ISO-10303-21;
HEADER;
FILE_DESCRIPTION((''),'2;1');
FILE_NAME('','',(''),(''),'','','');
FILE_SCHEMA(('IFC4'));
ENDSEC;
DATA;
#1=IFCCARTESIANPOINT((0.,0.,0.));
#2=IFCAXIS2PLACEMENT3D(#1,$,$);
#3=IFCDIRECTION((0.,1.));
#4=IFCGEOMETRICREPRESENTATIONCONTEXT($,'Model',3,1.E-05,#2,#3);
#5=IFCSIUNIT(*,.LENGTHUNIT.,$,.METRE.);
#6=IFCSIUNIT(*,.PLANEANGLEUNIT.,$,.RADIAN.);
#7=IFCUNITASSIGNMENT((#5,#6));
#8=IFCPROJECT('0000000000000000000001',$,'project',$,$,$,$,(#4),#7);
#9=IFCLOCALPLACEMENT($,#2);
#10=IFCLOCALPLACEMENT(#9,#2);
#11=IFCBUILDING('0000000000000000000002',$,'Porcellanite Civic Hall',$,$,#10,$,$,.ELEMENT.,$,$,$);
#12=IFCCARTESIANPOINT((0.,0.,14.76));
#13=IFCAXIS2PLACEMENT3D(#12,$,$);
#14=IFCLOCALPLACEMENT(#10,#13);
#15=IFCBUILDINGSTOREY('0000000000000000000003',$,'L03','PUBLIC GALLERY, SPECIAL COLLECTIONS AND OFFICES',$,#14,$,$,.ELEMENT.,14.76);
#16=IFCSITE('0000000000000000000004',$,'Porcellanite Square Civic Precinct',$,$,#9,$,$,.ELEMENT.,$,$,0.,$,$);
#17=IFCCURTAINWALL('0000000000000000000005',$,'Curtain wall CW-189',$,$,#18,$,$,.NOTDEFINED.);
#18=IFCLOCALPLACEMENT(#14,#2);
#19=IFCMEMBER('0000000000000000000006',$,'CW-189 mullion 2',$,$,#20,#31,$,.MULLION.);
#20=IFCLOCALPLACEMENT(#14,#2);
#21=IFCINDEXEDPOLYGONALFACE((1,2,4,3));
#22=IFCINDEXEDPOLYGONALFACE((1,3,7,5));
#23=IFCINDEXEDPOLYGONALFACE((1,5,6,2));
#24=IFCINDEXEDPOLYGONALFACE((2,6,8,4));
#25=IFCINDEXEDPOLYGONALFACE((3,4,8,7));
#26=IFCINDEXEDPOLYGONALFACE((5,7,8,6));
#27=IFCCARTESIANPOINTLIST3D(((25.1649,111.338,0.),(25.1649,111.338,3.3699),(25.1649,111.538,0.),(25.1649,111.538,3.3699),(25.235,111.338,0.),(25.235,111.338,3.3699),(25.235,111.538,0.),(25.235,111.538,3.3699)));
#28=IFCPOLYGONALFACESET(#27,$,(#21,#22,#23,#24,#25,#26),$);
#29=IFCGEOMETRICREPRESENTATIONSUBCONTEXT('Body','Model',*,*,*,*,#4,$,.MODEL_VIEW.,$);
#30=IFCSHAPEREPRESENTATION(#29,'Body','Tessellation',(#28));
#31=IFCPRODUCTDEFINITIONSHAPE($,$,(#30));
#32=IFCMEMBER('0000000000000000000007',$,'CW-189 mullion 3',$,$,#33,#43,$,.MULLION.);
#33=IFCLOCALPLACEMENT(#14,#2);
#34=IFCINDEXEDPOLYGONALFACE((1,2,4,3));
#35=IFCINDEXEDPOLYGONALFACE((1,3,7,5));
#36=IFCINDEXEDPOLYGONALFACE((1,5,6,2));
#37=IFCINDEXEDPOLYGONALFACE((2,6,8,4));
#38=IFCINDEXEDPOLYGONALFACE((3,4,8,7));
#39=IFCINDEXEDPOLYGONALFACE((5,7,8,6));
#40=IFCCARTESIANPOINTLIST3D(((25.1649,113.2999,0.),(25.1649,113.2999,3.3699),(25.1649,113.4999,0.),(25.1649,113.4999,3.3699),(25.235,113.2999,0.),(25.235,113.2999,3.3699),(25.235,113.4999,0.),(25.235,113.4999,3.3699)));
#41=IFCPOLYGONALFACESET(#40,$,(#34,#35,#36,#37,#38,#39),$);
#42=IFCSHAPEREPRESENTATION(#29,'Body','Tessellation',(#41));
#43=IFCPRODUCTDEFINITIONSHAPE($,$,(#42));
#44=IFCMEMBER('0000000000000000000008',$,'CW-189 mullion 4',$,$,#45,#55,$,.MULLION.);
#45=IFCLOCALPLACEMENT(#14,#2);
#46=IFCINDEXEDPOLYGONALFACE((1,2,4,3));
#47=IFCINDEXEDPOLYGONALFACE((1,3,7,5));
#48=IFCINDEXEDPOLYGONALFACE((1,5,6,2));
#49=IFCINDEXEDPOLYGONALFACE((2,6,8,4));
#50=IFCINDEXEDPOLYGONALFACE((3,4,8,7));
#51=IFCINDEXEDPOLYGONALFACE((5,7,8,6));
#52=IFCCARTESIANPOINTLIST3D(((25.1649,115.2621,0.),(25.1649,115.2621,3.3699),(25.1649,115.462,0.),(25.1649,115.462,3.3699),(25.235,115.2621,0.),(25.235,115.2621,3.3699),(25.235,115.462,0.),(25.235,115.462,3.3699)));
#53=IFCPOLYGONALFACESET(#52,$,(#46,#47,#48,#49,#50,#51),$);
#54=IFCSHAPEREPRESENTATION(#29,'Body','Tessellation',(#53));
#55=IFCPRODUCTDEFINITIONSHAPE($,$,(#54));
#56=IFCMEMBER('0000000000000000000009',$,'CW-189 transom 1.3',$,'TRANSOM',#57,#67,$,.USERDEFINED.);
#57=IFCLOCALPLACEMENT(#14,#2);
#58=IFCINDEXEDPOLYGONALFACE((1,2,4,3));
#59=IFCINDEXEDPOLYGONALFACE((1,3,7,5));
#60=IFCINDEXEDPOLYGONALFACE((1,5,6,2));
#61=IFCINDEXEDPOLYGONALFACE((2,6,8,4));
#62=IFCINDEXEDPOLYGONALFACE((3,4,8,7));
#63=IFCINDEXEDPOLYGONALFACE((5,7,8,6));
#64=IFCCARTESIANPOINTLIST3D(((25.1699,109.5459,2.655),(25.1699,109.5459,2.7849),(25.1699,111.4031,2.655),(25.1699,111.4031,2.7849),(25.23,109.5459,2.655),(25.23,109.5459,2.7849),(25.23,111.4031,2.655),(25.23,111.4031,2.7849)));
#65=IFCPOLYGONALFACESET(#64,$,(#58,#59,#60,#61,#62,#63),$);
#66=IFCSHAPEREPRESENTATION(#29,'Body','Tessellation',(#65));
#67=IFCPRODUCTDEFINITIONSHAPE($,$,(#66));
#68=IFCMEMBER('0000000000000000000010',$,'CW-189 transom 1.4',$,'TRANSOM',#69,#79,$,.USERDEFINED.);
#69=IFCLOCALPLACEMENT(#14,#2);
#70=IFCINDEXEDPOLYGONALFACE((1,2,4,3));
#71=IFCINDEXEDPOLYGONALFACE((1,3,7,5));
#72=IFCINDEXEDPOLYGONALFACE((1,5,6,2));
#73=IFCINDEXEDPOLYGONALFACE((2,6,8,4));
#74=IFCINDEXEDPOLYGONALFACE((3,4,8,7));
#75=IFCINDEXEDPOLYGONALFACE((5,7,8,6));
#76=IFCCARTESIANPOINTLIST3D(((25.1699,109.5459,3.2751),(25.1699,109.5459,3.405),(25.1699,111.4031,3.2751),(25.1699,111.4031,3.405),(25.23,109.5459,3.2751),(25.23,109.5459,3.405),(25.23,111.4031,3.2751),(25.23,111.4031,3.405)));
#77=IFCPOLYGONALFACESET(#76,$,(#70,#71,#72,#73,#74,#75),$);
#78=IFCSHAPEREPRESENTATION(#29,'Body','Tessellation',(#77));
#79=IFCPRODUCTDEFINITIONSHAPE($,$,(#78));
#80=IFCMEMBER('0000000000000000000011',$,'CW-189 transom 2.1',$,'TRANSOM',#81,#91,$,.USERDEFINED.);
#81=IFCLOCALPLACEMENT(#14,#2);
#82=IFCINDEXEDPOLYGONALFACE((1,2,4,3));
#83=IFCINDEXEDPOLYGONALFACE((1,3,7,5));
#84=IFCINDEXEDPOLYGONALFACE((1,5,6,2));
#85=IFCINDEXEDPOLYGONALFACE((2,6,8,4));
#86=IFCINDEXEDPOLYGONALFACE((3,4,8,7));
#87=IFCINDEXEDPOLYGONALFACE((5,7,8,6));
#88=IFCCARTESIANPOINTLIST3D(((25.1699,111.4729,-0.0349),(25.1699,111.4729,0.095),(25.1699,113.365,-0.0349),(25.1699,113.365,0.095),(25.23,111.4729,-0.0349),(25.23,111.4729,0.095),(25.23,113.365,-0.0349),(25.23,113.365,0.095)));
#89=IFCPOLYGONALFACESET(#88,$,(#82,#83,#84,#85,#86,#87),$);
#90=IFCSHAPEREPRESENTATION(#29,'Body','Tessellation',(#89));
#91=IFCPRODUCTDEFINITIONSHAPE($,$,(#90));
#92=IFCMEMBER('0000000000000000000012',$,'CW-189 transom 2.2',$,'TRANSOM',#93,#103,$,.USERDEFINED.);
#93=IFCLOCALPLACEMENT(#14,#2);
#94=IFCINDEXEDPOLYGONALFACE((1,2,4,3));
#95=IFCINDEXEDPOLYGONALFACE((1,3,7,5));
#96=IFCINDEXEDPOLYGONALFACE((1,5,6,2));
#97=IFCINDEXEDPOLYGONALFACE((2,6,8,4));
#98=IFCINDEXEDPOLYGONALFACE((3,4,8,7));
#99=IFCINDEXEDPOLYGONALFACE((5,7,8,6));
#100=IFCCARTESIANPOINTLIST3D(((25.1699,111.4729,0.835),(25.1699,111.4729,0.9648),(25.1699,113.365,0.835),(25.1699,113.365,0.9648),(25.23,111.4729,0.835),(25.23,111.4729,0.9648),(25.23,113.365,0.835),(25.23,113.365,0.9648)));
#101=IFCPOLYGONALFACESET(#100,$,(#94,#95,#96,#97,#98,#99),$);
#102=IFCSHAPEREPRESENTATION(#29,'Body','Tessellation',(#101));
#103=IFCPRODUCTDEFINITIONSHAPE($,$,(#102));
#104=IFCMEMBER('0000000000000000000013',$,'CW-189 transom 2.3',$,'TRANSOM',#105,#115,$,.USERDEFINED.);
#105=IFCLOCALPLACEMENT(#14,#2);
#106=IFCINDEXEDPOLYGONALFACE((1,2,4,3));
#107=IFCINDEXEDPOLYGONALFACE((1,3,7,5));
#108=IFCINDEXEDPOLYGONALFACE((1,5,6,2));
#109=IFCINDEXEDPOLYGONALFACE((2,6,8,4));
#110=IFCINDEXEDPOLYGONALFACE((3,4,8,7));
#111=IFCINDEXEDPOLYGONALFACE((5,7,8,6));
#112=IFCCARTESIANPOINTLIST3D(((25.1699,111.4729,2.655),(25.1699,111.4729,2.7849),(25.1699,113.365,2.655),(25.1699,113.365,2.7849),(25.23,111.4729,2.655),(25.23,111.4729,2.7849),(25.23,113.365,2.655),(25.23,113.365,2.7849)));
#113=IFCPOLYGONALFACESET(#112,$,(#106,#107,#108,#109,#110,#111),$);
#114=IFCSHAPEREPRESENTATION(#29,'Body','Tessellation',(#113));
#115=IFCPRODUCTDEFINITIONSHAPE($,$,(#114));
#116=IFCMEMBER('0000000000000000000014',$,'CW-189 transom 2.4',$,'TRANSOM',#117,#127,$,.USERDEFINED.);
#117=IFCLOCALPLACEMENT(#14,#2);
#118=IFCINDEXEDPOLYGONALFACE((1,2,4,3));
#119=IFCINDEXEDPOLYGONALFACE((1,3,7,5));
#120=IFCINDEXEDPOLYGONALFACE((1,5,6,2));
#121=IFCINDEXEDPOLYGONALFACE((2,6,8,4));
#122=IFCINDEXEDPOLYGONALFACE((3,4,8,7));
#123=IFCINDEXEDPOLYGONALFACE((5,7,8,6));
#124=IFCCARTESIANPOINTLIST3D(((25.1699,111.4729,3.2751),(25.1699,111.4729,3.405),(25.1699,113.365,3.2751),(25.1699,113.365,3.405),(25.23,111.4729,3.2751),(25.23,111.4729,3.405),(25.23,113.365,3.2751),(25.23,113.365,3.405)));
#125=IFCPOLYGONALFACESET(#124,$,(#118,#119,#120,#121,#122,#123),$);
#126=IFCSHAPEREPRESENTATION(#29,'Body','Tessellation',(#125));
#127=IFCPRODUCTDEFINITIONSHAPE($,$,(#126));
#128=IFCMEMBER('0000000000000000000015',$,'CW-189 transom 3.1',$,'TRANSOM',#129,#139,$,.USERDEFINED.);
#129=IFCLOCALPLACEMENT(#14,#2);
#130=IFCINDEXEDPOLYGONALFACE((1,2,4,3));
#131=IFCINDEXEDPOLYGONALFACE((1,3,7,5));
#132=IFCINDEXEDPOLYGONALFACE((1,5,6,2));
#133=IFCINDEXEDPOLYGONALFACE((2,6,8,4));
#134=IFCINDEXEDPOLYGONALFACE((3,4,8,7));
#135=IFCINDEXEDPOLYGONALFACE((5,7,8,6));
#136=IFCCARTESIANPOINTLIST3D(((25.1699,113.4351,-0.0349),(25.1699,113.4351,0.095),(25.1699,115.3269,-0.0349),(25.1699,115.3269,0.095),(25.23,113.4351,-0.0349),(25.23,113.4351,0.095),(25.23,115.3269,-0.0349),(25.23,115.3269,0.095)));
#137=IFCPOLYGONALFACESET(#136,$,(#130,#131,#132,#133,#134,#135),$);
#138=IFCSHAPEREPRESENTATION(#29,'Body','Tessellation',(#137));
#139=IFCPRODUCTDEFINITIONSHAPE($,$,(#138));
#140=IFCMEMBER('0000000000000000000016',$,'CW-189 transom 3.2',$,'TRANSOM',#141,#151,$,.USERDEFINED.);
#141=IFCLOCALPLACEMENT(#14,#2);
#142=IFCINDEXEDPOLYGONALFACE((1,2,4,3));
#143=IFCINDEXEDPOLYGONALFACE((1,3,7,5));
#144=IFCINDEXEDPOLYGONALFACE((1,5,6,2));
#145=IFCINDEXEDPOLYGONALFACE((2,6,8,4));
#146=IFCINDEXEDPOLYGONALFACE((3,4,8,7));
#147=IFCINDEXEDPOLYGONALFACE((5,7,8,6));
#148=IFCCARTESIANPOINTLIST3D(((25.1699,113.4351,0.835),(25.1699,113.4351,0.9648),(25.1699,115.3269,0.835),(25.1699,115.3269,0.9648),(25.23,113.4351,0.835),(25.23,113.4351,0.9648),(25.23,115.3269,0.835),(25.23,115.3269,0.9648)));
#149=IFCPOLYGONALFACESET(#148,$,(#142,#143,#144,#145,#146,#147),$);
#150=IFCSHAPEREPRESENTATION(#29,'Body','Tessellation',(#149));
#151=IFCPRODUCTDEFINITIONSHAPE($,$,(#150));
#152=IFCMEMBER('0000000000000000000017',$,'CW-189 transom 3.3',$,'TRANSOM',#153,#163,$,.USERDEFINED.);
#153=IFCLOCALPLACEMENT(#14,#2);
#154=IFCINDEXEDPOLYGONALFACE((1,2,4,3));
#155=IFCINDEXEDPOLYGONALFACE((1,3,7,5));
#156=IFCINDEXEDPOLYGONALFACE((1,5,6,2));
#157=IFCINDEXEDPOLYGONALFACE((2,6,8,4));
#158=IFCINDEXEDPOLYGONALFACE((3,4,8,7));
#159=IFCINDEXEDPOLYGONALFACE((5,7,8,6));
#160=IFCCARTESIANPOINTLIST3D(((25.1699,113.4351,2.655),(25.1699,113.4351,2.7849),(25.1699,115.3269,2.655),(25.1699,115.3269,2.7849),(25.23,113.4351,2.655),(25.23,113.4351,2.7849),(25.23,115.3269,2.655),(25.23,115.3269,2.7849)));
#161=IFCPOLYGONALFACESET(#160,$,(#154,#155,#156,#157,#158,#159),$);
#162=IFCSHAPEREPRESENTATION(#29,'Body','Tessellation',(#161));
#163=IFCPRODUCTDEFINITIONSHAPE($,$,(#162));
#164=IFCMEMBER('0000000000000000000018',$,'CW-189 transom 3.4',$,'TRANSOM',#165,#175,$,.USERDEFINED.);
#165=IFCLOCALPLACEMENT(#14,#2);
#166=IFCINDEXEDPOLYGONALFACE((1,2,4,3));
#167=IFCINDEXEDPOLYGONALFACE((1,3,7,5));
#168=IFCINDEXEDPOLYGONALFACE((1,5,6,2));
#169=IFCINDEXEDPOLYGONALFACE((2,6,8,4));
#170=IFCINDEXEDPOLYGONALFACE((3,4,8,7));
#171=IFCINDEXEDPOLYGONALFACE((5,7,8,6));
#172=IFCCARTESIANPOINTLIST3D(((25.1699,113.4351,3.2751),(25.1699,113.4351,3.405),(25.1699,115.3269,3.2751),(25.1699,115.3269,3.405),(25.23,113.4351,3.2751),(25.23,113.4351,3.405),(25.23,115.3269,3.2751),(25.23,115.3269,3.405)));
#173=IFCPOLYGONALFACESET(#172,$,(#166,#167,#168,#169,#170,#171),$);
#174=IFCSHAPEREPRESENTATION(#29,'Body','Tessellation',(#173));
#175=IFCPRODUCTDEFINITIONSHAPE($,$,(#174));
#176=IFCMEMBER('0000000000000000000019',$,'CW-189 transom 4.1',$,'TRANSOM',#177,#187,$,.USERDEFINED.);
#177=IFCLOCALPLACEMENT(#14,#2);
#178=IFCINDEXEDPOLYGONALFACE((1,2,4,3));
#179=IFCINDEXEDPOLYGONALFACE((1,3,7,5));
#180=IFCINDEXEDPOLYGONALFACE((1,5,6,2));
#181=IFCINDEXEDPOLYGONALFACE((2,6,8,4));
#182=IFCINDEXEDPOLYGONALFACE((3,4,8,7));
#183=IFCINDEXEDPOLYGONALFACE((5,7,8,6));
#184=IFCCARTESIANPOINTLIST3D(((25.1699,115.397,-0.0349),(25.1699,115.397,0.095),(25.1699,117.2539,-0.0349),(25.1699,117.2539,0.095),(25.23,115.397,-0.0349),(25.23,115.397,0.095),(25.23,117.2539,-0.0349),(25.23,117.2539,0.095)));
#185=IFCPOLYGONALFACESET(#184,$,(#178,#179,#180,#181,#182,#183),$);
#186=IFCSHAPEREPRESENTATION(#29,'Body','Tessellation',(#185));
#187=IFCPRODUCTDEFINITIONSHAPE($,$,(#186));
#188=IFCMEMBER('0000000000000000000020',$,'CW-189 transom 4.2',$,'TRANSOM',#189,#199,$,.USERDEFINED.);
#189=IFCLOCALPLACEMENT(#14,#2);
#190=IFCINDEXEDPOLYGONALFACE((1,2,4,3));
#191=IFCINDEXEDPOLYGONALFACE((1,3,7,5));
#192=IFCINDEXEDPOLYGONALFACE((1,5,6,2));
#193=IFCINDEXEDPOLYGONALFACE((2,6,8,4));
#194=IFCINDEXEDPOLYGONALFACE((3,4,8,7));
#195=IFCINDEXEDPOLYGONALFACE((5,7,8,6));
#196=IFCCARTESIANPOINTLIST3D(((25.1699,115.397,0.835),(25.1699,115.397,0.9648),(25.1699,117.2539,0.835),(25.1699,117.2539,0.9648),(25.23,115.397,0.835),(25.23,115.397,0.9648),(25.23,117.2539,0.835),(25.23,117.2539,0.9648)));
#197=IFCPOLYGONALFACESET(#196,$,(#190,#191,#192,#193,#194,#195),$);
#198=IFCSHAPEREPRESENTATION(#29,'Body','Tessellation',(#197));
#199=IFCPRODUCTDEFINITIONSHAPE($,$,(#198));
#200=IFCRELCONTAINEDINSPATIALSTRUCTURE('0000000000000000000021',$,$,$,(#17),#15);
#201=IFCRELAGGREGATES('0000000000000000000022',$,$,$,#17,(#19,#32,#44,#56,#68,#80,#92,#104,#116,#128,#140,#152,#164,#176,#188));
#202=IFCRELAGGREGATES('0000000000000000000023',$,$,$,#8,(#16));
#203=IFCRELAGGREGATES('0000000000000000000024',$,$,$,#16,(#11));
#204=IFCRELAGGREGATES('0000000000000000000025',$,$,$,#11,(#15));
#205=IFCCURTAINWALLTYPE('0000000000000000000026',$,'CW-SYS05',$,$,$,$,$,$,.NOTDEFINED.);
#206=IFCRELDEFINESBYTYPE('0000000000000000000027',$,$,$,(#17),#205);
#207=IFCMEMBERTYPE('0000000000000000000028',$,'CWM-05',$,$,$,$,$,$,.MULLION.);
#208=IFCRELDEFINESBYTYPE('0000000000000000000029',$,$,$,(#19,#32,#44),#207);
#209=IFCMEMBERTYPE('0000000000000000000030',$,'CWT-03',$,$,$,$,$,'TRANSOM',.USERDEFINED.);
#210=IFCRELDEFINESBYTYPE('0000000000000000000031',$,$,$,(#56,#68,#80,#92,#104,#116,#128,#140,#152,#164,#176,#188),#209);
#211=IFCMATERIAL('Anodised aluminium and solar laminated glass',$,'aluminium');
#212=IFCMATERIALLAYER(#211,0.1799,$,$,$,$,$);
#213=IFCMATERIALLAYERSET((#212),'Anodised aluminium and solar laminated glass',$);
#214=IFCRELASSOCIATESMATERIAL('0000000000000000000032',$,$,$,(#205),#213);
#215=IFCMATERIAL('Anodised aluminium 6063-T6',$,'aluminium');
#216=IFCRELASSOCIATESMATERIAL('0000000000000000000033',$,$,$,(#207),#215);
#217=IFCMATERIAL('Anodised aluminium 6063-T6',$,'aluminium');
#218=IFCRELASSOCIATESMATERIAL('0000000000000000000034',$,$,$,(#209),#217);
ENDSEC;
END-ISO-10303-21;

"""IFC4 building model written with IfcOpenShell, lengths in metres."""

from ifc_helpers import new_model, si_unit, direction, frame, origin, origin_2d, place, context, subcontext, project, spatial, rectangle, extrude, material, layer, layer_set, material_profile, profile_set, type_object, element, aggregate, save


model = new_model("IFC4")

# Units and contexts
model_context = context("Model", 3, precision=1e-05, world=origin(), true_north=direction((0.0, 1.0)))
body_context = subcontext(model_context, "Body", "Model", "MODEL_VIEW")
ifc_project = project(units=[si_unit("LENGTHUNIT", "METRE"), si_unit("PLANEANGLEUNIT", "RADIAN")], contexts=[model_context])

# Site, building, storey
site_placement = place(None, origin())
site = spatial("IfcSite", under=ifc_project, at=site_placement, Name="Porcellanite Square Civic Precinct", CompositionType="ELEMENT", RefElevation=0.0)
building_placement = place(site_placement, origin())
building = spatial("IfcBuilding", under=site, at=building_placement, Name="Porcellanite Civic Hall", CompositionType="ELEMENT")
storey_placement = place(building_placement, frame((0.0, 0.0, 14.76)))
storey = spatial("IfcBuildingStorey", under=building, at=storey_placement, Name="L03", Description="PUBLIC GALLERY, SPECIAL COLLECTIONS AND OFFICES", CompositionType="ELEMENT", Elevation=14.76)

# Curtain wall, members
ifc_material_1 = material(Name="Anodised aluminium and solar laminated glass", Category="aluminium")
ifc_layer_1 = layer(ifc_material_1, 0.1799)
ifc_layer_set_1 = layer_set([ifc_layer_1], Name="Anodised aluminium and solar laminated glass")
curtain_wall_type = type_object("IfcCurtainWallType", Name="CW-SYS05", PredefinedType="NOTDEFINED", material=ifc_layer_set_1)
curtain_wall_placement = place(storey_placement, origin())
curtain_wall = element("IfcCurtainWall", 1, at=curtain_wall_placement, inside=storey, type_object=curtain_wall_type, Name="Curtain wall CW-189", PredefinedType="NOTDEFINED")
ifc_material_2 = material(Name="Anodised aluminium 6063-T6", Category="aluminium")
ifc_material_profile_1 = material_profile(ifc_material_2, rectangle(XDim=0.0701, YDim=0.2, at=origin_2d()), Name="AL-70x200")
ifc_profile_set_1 = profile_set([ifc_material_profile_1], Name="Anodised aluminium 6063-T6")
member_type_1 = type_object("IfcMemberType", Name="CWM-05", PredefinedType="MULLION", material=ifc_profile_set_1)
member_1_placement = place(storey_placement, frame((25.2, 111.438, 0.0), z_axis=(0.0, 0.0, 1.0), x_axis=(-1.0, 0.0, 0.0)))
member_1 = element("IfcMember", 2, at=member_1_placement, type_object=member_type_1, Name="CW-189 mullion 2", PredefinedType="MULLION", context=body_context, shape_type="SweptSolid", body=[
    extrude(rectangle(XDim=0.0701, YDim=0.2, at=origin_2d()), origin(), (0.0, 0.0, 1.0), 3.3699),
])
member_2_placement = place(storey_placement, frame((25.2, 113.3999, 0.0), z_axis=(0.0, 0.0, 1.0), x_axis=(-1.0, 0.0, 0.0)))
member_2 = element("IfcMember", 3, at=member_2_placement, type_object=member_type_1, Name="CW-189 mullion 3", PredefinedType="MULLION", context=body_context, shape_type="SweptSolid", body=[
    extrude(rectangle(XDim=0.0701, YDim=0.2, at=origin_2d()), origin(), (0.0, 0.0, 1.0), 3.3699),
])
member_3_placement = place(storey_placement, frame((25.2, 115.3621, 0.0), z_axis=(0.0, 0.0, 1.0), x_axis=(-1.0, 0.0, 0.0)))
member_3 = element("IfcMember", 4, at=member_3_placement, type_object=member_type_1, Name="CW-189 mullion 4", PredefinedType="MULLION", context=body_context, shape_type="SweptSolid", body=[
    extrude(rectangle(XDim=0.0701, YDim=0.2, at=origin_2d()), origin(), (0.0, 0.0, 1.0), 3.3699),
])
ifc_material_3 = material(Name="Anodised aluminium 6063-T6", Category="aluminium")
ifc_material_profile_2 = material_profile(ifc_material_3, rectangle(XDim=0.0601, YDim=0.1299, at=origin_2d()), Name="AL-60x130")
ifc_profile_set_2 = profile_set([ifc_material_profile_2], Name="Anodised aluminium 6063-T6")
member_type_2 = type_object("IfcMemberType", Name="CWT-03", ElementType="TRANSOM", PredefinedType="USERDEFINED", material=ifc_profile_set_2)
member_4_placement = place(storey_placement, frame((25.2, 109.5459, 2.72), z_axis=(0.0, 1.0, 0.0), x_axis=(-1.0, 0.0, 0.0)))
member_4 = element("IfcMember", 5, at=member_4_placement, type_object=member_type_2, Name="CW-189 transom 1.3", ObjectType="TRANSOM", PredefinedType="USERDEFINED", context=body_context, shape_type="SweptSolid", body=[
    extrude(rectangle(XDim=0.0601, YDim=0.1299, at=origin_2d()), origin(), (0.0, 0.0, 1.0), 1.8572),
])
member_5_placement = place(storey_placement, frame((25.2, 109.5459, 3.3401), z_axis=(0.0, 1.0, 0.0), x_axis=(-1.0, 0.0, 0.0)))
member_5 = element("IfcMember", 6, at=member_5_placement, type_object=member_type_2, Name="CW-189 transom 1.4", ObjectType="TRANSOM", PredefinedType="USERDEFINED", context=body_context, shape_type="SweptSolid", body=[
    extrude(rectangle(XDim=0.0601, YDim=0.1299, at=origin_2d()), origin(), (0.0, 0.0, 1.0), 1.8572),
])
member_6_placement = place(storey_placement, frame((25.2, 111.4729, 0.03), z_axis=(0.0, 1.0, 0.0), x_axis=(-1.0, 0.0, 0.0)))
member_6 = element("IfcMember", 7, at=member_6_placement, type_object=member_type_2, Name="CW-189 transom 2.1", ObjectType="TRANSOM", PredefinedType="USERDEFINED", context=body_context, shape_type="SweptSolid", body=[
    extrude(rectangle(XDim=0.0601, YDim=0.1299, at=origin_2d()), origin(), (0.0, 0.0, 1.0), 1.8921),
])
member_7_placement = place(storey_placement, frame((25.2, 111.4729, 0.8999), z_axis=(0.0, 1.0, 0.0), x_axis=(-1.0, 0.0, 0.0)))
member_7 = element("IfcMember", 8, at=member_7_placement, type_object=member_type_2, Name="CW-189 transom 2.2", ObjectType="TRANSOM", PredefinedType="USERDEFINED", context=body_context, shape_type="SweptSolid", body=[
    extrude(rectangle(XDim=0.0601, YDim=0.1299, at=origin_2d()), origin(), (0.0, 0.0, 1.0), 1.8921),
])
member_8_placement = place(storey_placement, frame((25.2, 111.4729, 2.72), z_axis=(0.0, 1.0, 0.0), x_axis=(-1.0, 0.0, 0.0)))
member_8 = element("IfcMember", 9, at=member_8_placement, type_object=member_type_2, Name="CW-189 transom 2.3", ObjectType="TRANSOM", PredefinedType="USERDEFINED", context=body_context, shape_type="SweptSolid", body=[
    extrude(rectangle(XDim=0.0601, YDim=0.1299, at=origin_2d()), origin(), (0.0, 0.0, 1.0), 1.8921),
])
member_9_placement = place(storey_placement, frame((25.2, 111.4729, 3.3401), z_axis=(0.0, 1.0, 0.0), x_axis=(-1.0, 0.0, 0.0)))
member_9 = element("IfcMember", 10, at=member_9_placement, type_object=member_type_2, Name="CW-189 transom 2.4", ObjectType="TRANSOM", PredefinedType="USERDEFINED", context=body_context, shape_type="SweptSolid", body=[
    extrude(rectangle(XDim=0.0601, YDim=0.1299, at=origin_2d()), origin(), (0.0, 0.0, 1.0), 1.8921),
])
member_10_placement = place(storey_placement, frame((25.2, 113.4351, 0.03), z_axis=(0.0, 1.0, 0.0), x_axis=(-1.0, 0.0, 0.0)))
member_10 = element("IfcMember", 11, at=member_10_placement, type_object=member_type_2, Name="CW-189 transom 3.1", ObjectType="TRANSOM", PredefinedType="USERDEFINED", context=body_context, shape_type="SweptSolid", body=[
    extrude(rectangle(XDim=0.0601, YDim=0.1299, at=origin_2d()), origin(), (0.0, 0.0, 1.0), 1.8918),
])
member_11_placement = place(storey_placement, frame((25.2, 113.4351, 0.8999), z_axis=(0.0, 1.0, 0.0), x_axis=(-1.0, 0.0, 0.0)))
member_11 = element("IfcMember", 12, at=member_11_placement, type_object=member_type_2, Name="CW-189 transom 3.2", ObjectType="TRANSOM", PredefinedType="USERDEFINED", context=body_context, shape_type="SweptSolid", body=[
    extrude(rectangle(XDim=0.0601, YDim=0.1299, at=origin_2d()), origin(), (0.0, 0.0, 1.0), 1.8918),
])
member_12_placement = place(storey_placement, frame((25.2, 113.4351, 2.72), z_axis=(0.0, 1.0, 0.0), x_axis=(-1.0, 0.0, 0.0)))
member_12 = element("IfcMember", 13, at=member_12_placement, type_object=member_type_2, Name="CW-189 transom 3.3", ObjectType="TRANSOM", PredefinedType="USERDEFINED", context=body_context, shape_type="SweptSolid", body=[
    extrude(rectangle(XDim=0.0601, YDim=0.1299, at=origin_2d()), origin(), (0.0, 0.0, 1.0), 1.8918),
])
member_13_placement = place(storey_placement, frame((25.2, 113.4351, 3.3401), z_axis=(0.0, 1.0, 0.0), x_axis=(-1.0, 0.0, 0.0)))
member_13 = element("IfcMember", 14, at=member_13_placement, type_object=member_type_2, Name="CW-189 transom 3.4", ObjectType="TRANSOM", PredefinedType="USERDEFINED", context=body_context, shape_type="SweptSolid", body=[
    extrude(rectangle(XDim=0.0601, YDim=0.1299, at=origin_2d()), origin(), (0.0, 0.0, 1.0), 1.8918),
])
member_14_placement = place(storey_placement, frame((25.2, 115.397, 0.03), z_axis=(0.0, 1.0, 0.0), x_axis=(-1.0, 0.0, 0.0)))
member_14 = element("IfcMember", 15, at=member_14_placement, type_object=member_type_2, Name="CW-189 transom 4.1", ObjectType="TRANSOM", PredefinedType="USERDEFINED", context=body_context, shape_type="SweptSolid", body=[
    extrude(rectangle(XDim=0.0601, YDim=0.1299, at=origin_2d()), origin(), (0.0, 0.0, 1.0), 1.8569),
])
member_15_placement = place(storey_placement, frame((25.2, 115.397, 0.8999), z_axis=(0.0, 1.0, 0.0), x_axis=(-1.0, 0.0, 0.0)))
member_15 = element("IfcMember", 16, at=member_15_placement, type_object=member_type_2, Name="CW-189 transom 4.2", ObjectType="TRANSOM", PredefinedType="USERDEFINED", context=body_context, shape_type="SweptSolid", body=[
    extrude(rectangle(XDim=0.0601, YDim=0.1299, at=origin_2d()), origin(), (0.0, 0.0, 1.0), 1.8569),
])
aggregate(curtain_wall, [member_1, member_2, member_3, member_4, member_5, member_6, member_7, member_8, member_9, member_10, member_11, member_12, member_13, member_14, member_15])

save(model, "model.ifc")
